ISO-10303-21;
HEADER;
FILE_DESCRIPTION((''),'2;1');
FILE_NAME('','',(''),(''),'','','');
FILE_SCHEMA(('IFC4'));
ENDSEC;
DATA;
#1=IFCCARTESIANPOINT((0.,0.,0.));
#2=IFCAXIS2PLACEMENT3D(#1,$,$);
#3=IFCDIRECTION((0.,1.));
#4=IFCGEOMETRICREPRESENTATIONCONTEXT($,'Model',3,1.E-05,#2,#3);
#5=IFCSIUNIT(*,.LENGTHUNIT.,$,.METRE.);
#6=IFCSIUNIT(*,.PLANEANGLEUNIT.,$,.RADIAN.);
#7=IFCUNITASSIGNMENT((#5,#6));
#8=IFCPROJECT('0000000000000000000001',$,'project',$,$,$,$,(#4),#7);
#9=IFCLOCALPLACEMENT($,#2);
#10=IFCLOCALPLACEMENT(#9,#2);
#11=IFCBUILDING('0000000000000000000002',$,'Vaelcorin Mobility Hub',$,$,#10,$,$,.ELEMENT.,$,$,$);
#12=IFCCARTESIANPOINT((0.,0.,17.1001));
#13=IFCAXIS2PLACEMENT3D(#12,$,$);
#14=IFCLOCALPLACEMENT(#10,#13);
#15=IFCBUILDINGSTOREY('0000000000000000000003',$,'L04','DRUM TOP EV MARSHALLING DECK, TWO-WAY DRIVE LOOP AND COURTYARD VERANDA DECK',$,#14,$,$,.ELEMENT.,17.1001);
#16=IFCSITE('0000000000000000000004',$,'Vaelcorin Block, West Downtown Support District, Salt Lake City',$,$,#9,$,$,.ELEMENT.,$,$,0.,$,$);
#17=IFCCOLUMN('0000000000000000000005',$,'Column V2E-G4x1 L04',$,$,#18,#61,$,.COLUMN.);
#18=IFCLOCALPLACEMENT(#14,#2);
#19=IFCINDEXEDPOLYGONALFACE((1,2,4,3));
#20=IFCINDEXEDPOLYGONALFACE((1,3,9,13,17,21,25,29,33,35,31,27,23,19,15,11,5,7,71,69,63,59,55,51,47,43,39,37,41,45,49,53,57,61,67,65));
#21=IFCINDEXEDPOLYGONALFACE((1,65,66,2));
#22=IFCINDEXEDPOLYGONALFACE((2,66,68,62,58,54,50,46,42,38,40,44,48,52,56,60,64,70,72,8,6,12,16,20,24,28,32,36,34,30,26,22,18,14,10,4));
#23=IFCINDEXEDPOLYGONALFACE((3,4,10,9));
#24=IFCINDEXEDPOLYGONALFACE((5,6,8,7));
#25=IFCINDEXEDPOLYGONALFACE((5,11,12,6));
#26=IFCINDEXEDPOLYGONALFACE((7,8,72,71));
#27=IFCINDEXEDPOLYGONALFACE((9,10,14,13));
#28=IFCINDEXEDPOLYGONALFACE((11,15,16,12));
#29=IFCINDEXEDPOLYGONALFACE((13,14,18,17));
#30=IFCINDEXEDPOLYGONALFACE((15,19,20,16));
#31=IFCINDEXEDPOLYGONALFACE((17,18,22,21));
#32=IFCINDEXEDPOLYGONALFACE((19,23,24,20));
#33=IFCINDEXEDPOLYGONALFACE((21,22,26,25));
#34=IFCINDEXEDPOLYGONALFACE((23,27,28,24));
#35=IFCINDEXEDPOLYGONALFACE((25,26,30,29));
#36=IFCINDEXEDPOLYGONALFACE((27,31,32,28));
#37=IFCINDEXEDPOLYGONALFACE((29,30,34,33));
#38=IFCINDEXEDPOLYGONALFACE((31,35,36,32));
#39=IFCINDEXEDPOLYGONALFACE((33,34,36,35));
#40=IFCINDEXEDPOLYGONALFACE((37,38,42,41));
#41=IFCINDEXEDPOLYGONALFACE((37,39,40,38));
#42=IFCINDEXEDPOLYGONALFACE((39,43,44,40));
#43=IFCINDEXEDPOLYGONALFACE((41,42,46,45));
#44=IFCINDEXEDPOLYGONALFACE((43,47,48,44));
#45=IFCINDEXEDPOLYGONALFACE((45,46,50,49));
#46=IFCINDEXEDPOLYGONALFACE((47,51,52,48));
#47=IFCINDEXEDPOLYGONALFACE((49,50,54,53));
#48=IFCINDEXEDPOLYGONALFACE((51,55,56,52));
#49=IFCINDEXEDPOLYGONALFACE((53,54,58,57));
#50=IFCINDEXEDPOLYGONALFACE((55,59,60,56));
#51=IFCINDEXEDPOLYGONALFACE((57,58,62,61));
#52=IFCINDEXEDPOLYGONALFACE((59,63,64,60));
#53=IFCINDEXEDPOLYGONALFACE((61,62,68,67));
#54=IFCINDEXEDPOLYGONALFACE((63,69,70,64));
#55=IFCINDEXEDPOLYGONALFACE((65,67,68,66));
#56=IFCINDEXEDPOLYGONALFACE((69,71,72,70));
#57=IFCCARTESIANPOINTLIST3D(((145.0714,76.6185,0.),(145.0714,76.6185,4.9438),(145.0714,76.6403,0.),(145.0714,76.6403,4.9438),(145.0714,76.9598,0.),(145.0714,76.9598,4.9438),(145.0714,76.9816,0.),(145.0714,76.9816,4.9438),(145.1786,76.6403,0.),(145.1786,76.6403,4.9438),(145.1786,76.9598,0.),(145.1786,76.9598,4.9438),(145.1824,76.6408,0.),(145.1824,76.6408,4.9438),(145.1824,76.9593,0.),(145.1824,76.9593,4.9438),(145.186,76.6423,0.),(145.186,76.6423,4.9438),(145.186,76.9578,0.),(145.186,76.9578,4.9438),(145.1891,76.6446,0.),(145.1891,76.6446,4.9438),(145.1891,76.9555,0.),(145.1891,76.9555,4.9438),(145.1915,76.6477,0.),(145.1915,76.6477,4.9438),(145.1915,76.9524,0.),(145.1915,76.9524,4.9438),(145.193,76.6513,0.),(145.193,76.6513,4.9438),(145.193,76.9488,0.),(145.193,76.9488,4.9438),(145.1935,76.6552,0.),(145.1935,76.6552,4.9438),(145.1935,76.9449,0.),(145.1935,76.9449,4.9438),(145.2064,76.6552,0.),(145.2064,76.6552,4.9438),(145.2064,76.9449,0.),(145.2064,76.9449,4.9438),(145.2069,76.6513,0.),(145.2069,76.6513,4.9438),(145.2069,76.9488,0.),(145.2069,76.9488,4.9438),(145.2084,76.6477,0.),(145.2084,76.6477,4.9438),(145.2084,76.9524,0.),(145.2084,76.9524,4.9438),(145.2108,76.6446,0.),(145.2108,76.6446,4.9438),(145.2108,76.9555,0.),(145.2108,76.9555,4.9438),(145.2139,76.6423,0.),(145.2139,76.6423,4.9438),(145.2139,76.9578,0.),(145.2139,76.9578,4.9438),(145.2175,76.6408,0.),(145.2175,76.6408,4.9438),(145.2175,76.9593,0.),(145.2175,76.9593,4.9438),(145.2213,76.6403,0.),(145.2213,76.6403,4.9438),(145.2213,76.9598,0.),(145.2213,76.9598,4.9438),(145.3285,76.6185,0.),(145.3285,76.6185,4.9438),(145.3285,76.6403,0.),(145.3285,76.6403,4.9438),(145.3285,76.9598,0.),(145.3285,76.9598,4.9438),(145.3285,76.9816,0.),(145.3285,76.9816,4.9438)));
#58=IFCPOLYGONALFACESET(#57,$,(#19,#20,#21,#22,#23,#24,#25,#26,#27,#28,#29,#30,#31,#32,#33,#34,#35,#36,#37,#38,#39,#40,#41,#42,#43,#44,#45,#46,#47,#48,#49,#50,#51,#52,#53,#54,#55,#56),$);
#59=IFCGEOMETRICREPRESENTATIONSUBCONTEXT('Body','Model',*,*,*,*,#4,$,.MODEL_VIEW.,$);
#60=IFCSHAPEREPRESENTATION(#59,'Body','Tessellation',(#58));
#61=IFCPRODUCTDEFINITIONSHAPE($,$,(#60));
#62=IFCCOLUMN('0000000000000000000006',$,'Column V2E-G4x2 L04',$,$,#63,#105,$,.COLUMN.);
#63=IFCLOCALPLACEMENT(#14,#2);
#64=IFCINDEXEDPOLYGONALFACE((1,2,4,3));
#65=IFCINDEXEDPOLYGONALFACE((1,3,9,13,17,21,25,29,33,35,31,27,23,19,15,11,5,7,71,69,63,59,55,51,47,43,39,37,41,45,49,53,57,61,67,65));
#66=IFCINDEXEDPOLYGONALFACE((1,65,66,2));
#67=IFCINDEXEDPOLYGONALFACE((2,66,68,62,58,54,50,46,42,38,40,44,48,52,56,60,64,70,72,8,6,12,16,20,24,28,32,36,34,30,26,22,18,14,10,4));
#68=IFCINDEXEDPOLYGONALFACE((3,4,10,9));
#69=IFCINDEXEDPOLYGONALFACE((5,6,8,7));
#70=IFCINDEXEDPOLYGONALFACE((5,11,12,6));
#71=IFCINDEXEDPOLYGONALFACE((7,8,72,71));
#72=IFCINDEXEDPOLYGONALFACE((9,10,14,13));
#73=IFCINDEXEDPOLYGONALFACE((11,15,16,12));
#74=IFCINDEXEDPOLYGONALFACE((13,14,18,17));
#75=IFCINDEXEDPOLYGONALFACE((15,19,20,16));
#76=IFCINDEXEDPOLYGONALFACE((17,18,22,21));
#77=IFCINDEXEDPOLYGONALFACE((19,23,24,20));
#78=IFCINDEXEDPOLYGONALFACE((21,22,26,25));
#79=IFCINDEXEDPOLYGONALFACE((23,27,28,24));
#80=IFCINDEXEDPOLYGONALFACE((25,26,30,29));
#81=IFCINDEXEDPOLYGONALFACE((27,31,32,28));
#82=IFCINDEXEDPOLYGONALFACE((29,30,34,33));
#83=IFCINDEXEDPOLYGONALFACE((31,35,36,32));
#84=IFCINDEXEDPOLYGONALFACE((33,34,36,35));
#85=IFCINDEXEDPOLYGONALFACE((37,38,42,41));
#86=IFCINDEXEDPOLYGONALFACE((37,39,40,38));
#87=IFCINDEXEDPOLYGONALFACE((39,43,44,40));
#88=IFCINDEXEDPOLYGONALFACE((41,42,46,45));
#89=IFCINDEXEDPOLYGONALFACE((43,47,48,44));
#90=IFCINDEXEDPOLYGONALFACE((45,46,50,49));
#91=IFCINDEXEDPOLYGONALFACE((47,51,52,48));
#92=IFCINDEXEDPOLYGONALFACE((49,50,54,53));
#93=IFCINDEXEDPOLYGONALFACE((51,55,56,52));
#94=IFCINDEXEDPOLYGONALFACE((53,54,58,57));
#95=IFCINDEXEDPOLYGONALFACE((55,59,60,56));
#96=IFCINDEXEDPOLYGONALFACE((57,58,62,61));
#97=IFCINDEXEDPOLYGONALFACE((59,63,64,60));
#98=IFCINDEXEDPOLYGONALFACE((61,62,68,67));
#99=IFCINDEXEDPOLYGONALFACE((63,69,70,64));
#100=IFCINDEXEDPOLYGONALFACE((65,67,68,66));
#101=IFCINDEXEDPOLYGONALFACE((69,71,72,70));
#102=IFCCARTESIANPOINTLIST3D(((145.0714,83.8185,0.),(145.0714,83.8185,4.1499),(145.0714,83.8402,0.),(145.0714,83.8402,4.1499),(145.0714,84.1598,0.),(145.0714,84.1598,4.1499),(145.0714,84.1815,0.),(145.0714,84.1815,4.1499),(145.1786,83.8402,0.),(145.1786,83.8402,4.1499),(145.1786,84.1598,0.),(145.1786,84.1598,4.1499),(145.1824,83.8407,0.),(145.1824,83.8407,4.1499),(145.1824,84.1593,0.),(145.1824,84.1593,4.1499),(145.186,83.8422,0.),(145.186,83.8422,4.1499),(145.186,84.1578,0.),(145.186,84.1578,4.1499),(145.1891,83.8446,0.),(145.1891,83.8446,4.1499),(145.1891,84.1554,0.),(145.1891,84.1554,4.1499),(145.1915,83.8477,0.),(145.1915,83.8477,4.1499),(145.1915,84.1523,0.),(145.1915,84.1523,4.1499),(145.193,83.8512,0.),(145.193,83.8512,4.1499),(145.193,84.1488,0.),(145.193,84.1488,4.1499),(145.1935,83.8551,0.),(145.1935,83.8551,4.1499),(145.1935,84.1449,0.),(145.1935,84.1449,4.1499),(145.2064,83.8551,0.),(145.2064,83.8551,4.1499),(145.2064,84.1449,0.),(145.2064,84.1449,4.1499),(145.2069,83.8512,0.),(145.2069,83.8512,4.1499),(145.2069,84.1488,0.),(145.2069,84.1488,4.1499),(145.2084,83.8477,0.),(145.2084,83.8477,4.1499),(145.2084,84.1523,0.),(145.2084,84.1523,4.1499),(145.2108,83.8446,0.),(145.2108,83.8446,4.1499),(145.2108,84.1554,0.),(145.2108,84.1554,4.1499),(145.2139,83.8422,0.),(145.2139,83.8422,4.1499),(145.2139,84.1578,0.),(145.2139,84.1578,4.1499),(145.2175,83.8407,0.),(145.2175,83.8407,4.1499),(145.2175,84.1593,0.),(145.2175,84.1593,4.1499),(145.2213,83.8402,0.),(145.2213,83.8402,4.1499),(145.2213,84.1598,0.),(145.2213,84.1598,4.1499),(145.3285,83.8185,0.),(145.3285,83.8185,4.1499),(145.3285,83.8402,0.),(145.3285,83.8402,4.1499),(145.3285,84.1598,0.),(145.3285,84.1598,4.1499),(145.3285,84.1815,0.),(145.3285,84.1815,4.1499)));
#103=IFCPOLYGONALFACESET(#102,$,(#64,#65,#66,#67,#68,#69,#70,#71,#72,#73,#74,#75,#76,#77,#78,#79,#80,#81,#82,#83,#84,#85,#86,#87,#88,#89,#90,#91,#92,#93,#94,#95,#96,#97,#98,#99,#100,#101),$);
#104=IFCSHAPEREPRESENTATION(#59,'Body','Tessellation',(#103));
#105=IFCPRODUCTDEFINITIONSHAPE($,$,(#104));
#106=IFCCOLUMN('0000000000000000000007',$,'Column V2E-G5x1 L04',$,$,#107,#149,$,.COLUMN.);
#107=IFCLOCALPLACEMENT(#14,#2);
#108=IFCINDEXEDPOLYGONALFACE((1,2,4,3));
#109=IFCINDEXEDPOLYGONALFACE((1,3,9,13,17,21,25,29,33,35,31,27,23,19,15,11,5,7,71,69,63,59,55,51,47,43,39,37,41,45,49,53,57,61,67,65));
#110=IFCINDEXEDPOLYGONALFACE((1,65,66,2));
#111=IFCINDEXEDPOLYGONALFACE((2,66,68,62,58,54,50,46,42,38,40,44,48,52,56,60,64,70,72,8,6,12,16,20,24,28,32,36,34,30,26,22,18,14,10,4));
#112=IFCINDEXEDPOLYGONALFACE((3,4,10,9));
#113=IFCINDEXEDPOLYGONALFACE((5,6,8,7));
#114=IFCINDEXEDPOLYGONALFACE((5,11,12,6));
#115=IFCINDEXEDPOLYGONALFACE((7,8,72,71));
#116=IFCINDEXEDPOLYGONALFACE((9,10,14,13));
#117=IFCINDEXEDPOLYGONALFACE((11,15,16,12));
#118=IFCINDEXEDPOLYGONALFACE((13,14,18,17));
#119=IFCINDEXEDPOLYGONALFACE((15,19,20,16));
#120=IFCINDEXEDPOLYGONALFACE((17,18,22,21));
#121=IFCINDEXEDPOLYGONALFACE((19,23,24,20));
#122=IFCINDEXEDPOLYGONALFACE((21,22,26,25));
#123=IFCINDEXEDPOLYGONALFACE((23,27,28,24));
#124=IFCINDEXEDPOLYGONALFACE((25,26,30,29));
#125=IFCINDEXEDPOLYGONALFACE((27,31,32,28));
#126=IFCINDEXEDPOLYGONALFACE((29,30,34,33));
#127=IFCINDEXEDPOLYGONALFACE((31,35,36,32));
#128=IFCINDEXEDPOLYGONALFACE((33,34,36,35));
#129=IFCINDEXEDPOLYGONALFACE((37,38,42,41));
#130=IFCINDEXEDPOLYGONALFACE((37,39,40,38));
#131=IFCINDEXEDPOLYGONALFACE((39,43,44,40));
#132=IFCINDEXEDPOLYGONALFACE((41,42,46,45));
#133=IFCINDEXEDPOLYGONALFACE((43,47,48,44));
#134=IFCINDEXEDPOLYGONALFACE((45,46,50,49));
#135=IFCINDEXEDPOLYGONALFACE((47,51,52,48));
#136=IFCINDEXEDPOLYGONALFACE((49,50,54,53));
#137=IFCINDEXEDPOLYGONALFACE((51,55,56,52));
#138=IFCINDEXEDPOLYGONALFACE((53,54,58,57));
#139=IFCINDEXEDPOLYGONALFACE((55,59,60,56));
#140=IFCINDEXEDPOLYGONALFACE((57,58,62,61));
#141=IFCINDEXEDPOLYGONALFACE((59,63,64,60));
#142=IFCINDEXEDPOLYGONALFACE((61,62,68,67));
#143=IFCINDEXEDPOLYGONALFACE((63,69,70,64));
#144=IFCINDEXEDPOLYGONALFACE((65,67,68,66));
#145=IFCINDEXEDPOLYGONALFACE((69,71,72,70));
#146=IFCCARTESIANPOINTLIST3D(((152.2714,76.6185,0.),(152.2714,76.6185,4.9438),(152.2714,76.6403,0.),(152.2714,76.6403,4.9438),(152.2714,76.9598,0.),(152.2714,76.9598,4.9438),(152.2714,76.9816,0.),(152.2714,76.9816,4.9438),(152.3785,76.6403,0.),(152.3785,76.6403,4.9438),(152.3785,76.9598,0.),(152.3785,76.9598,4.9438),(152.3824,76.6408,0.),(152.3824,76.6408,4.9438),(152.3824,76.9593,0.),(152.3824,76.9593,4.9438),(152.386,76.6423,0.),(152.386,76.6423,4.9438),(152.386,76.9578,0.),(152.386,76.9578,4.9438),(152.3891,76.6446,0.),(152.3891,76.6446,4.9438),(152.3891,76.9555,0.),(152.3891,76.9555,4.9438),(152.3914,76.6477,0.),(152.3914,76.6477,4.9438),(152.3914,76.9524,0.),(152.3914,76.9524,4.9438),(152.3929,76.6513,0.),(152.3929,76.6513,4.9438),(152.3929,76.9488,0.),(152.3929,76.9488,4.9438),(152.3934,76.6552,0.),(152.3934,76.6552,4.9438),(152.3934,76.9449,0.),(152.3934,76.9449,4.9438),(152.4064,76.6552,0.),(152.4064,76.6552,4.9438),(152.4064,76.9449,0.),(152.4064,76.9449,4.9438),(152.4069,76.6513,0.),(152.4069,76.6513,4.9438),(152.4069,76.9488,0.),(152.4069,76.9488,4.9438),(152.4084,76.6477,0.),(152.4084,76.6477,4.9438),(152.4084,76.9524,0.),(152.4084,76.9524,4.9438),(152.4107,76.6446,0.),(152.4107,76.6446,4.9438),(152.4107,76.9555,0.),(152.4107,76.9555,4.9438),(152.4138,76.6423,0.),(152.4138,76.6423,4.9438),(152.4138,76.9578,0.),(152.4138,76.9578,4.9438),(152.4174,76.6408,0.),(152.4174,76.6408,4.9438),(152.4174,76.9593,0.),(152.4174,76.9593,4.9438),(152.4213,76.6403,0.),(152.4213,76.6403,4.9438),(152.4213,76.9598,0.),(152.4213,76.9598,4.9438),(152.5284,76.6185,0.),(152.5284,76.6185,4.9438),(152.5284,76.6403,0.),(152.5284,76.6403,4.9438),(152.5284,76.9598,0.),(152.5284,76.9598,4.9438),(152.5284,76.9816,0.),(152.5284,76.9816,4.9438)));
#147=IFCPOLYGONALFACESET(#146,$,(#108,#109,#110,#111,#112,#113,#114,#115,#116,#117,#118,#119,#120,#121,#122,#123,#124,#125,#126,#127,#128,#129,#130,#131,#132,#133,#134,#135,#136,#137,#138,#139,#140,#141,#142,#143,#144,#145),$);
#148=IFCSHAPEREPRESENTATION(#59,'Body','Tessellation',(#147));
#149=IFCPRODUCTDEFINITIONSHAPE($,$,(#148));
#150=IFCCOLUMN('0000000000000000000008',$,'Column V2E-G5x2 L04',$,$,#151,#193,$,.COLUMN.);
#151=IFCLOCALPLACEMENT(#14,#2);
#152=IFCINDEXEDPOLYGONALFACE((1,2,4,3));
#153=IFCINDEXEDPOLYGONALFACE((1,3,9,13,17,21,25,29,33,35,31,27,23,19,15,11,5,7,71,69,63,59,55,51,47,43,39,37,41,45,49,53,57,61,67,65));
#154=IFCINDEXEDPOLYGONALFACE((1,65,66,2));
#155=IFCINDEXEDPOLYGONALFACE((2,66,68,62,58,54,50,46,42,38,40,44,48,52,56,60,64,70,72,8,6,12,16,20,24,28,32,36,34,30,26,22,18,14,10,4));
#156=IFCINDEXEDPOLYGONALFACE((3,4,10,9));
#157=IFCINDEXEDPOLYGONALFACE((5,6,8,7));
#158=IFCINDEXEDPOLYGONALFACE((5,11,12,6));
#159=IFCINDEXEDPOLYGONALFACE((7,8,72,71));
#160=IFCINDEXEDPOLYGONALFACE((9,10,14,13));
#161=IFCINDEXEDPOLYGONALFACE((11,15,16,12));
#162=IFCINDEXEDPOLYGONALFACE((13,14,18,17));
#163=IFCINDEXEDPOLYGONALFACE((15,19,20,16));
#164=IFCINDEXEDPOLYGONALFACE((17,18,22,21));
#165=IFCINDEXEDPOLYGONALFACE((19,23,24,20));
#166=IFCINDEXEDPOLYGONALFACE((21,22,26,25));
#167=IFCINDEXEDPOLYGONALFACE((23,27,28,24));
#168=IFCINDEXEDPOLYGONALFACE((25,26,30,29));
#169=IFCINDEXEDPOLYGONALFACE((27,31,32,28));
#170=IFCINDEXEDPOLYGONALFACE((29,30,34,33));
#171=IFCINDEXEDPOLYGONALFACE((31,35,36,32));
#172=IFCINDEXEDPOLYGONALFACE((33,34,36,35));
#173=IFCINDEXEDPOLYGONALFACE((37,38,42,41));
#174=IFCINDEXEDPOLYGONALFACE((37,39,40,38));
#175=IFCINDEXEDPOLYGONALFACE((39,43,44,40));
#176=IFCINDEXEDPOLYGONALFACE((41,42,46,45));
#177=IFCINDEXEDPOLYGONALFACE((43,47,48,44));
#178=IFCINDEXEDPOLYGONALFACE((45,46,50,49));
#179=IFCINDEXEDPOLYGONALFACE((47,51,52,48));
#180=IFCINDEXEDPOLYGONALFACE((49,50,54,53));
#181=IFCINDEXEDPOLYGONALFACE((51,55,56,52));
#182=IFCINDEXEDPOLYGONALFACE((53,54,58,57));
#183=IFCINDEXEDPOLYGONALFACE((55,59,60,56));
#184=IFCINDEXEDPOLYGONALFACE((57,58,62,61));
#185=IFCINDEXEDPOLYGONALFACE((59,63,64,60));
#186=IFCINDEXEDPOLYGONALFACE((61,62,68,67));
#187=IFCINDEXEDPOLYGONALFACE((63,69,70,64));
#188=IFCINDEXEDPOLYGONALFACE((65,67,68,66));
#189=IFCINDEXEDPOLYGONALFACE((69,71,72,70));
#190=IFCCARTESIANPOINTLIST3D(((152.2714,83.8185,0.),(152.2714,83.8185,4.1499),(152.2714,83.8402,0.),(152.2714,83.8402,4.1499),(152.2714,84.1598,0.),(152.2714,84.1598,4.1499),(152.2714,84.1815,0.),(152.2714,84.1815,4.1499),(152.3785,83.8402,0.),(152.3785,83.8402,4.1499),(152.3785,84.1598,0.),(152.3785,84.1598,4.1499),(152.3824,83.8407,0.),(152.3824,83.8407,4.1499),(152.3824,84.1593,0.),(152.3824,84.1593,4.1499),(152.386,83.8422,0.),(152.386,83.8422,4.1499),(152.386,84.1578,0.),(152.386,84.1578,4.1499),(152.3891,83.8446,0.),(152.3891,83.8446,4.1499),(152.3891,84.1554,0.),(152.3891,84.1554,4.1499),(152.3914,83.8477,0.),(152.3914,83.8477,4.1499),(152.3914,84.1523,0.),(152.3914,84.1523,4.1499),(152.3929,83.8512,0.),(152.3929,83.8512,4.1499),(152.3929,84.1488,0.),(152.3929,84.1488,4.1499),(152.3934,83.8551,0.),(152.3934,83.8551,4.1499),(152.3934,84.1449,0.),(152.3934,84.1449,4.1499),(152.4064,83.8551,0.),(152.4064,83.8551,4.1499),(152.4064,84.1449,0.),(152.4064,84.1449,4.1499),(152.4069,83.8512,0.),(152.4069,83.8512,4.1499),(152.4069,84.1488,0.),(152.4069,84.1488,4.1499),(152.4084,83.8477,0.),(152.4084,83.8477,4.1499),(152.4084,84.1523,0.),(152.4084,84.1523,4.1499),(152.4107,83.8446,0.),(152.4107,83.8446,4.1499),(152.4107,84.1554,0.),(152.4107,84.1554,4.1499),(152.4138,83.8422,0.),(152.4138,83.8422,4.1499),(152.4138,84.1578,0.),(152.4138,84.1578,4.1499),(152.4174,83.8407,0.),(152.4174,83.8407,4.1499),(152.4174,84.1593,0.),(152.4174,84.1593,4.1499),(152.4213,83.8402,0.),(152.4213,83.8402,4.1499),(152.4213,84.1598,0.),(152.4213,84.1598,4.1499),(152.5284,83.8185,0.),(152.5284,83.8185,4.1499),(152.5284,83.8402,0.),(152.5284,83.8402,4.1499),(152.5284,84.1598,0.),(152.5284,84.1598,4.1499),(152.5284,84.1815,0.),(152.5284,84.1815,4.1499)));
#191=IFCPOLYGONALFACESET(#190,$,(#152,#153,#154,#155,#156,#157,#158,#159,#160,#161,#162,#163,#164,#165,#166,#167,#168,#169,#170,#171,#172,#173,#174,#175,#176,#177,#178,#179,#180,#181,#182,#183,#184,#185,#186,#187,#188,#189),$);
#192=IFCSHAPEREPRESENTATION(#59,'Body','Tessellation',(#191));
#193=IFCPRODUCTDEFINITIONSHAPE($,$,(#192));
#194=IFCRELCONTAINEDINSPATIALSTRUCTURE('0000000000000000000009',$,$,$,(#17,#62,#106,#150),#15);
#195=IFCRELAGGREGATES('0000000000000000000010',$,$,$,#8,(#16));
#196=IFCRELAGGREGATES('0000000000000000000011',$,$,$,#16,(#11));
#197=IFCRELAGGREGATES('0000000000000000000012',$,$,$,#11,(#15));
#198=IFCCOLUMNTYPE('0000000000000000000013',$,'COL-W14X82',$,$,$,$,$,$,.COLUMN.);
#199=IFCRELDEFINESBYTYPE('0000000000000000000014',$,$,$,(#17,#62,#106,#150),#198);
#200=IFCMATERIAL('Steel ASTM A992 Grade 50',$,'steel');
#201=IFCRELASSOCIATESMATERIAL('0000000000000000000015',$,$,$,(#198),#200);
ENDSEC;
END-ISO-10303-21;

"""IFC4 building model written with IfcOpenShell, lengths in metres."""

from ifc_helpers import new_model, si_unit, direction, frame, origin, origin_2d, place, context, subcontext, project, spatial, i_section, extrude, material, material_profile, profile_set, type_object, element, save


model = new_model("IFC4")

# Units and contexts
model_context = context("Model", 3, precision=1e-05, world=origin(), true_north=direction((0.0, 1.0)))
body_context = subcontext(model_context, "Body", "Model", "MODEL_VIEW")
ifc_project = project(units=[si_unit("LENGTHUNIT", "METRE"), si_unit("PLANEANGLEUNIT", "RADIAN")], contexts=[model_context])

# Site, building, storey
site_placement = place(None, origin())
site = spatial("IfcSite", under=ifc_project, at=site_placement, Name="Vaelcorin Block, West Downtown Support District, Salt Lake City", CompositionType="ELEMENT", RefElevation=0.0)
building_placement = place(site_placement, origin())
building = spatial("IfcBuilding", under=site, at=building_placement, Name="Vaelcorin Mobility Hub", CompositionType="ELEMENT")
storey_placement = place(building_placement, frame((0.0, 0.0, 17.1001)))
storey = spatial("IfcBuildingStorey", under=building, at=storey_placement, Name="L04", Description="DRUM TOP EV MARSHALLING DECK, TWO-WAY DRIVE LOOP AND COURTYARD VERANDA DECK", CompositionType="ELEMENT", Elevation=17.1001)

# Columns
ifc_material_1 = material(Name="Steel ASTM A992 Grade 50", Category="steel")
ifc_material_profile_1 = material_profile(ifc_material_1, i_section(OverallWidth=0.2571, OverallDepth=0.363, WebThickness=0.0129, FlangeThickness=0.0217, FilletRadius=0.0149, at=origin_2d()), Name="W14X82")
ifc_profile_set_1 = profile_set([ifc_material_profile_1], Name="Steel ASTM A992 Grade 50")
column_type = type_object("IfcColumnType", Name="COL-W14X82", PredefinedType="COLUMN", material=ifc_profile_set_1)
column_1_placement = place(storey_placement, frame((145.2, 76.8, 0.0), z_axis=(0.0, 0.0, 1.0), x_axis=(1.0, 0.0, 0.0)))
element("IfcColumn", 1, at=column_1_placement, inside=storey, type_object=column_type, Name="Column V2E-G4x1 L04", PredefinedType="COLUMN", context=body_context, shape_type="SweptSolid", body=[
    extrude(i_section(OverallWidth=0.2571, OverallDepth=0.363, WebThickness=0.0129, FlangeThickness=0.0217, FilletRadius=0.0149, at=origin_2d()), origin(), (0.0, 0.0, 1.0), 4.9438),
])
column_2_placement = place(storey_placement, frame((145.2, 84.0, 0.0), z_axis=(0.0, 0.0, 1.0), x_axis=(1.0, 0.0, 0.0)))
element("IfcColumn", 2, at=column_2_placement, inside=storey, type_object=column_type, Name="Column V2E-G4x2 L04", PredefinedType="COLUMN", context=body_context, shape_type="SweptSolid", body=[
    extrude(i_section(OverallWidth=0.2571, OverallDepth=0.363, WebThickness=0.0129, FlangeThickness=0.0217, FilletRadius=0.0149, at=origin_2d()), origin(), (0.0, 0.0, 1.0), 4.1499),
])
column_3_placement = place(storey_placement, frame((152.3999, 76.8, 0.0), z_axis=(0.0, 0.0, 1.0), x_axis=(1.0, 0.0, 0.0)))
element("IfcColumn", 3, at=column_3_placement, inside=storey, type_object=column_type, Name="Column V2E-G5x1 L04", PredefinedType="COLUMN", context=body_context, shape_type="SweptSolid", body=[
    extrude(i_section(OverallWidth=0.2571, OverallDepth=0.363, WebThickness=0.0129, FlangeThickness=0.0217, FilletRadius=0.0149, at=origin_2d()), origin(), (0.0, 0.0, 1.0), 4.9438),
])
column_4_placement = place(storey_placement, frame((152.3999, 84.0, 0.0), z_axis=(0.0, 0.0, 1.0), x_axis=(1.0, 0.0, 0.0)))
element("IfcColumn", 4, at=column_4_placement, inside=storey, type_object=column_type, Name="Column V2E-G5x2 L04", PredefinedType="COLUMN", context=body_context, shape_type="SweptSolid", body=[
    extrude(i_section(OverallWidth=0.2571, OverallDepth=0.363, WebThickness=0.0129, FlangeThickness=0.0217, FilletRadius=0.0149, at=origin_2d()), origin(), (0.0, 0.0, 1.0), 4.1499),
])

save(model, "model.ifc")
